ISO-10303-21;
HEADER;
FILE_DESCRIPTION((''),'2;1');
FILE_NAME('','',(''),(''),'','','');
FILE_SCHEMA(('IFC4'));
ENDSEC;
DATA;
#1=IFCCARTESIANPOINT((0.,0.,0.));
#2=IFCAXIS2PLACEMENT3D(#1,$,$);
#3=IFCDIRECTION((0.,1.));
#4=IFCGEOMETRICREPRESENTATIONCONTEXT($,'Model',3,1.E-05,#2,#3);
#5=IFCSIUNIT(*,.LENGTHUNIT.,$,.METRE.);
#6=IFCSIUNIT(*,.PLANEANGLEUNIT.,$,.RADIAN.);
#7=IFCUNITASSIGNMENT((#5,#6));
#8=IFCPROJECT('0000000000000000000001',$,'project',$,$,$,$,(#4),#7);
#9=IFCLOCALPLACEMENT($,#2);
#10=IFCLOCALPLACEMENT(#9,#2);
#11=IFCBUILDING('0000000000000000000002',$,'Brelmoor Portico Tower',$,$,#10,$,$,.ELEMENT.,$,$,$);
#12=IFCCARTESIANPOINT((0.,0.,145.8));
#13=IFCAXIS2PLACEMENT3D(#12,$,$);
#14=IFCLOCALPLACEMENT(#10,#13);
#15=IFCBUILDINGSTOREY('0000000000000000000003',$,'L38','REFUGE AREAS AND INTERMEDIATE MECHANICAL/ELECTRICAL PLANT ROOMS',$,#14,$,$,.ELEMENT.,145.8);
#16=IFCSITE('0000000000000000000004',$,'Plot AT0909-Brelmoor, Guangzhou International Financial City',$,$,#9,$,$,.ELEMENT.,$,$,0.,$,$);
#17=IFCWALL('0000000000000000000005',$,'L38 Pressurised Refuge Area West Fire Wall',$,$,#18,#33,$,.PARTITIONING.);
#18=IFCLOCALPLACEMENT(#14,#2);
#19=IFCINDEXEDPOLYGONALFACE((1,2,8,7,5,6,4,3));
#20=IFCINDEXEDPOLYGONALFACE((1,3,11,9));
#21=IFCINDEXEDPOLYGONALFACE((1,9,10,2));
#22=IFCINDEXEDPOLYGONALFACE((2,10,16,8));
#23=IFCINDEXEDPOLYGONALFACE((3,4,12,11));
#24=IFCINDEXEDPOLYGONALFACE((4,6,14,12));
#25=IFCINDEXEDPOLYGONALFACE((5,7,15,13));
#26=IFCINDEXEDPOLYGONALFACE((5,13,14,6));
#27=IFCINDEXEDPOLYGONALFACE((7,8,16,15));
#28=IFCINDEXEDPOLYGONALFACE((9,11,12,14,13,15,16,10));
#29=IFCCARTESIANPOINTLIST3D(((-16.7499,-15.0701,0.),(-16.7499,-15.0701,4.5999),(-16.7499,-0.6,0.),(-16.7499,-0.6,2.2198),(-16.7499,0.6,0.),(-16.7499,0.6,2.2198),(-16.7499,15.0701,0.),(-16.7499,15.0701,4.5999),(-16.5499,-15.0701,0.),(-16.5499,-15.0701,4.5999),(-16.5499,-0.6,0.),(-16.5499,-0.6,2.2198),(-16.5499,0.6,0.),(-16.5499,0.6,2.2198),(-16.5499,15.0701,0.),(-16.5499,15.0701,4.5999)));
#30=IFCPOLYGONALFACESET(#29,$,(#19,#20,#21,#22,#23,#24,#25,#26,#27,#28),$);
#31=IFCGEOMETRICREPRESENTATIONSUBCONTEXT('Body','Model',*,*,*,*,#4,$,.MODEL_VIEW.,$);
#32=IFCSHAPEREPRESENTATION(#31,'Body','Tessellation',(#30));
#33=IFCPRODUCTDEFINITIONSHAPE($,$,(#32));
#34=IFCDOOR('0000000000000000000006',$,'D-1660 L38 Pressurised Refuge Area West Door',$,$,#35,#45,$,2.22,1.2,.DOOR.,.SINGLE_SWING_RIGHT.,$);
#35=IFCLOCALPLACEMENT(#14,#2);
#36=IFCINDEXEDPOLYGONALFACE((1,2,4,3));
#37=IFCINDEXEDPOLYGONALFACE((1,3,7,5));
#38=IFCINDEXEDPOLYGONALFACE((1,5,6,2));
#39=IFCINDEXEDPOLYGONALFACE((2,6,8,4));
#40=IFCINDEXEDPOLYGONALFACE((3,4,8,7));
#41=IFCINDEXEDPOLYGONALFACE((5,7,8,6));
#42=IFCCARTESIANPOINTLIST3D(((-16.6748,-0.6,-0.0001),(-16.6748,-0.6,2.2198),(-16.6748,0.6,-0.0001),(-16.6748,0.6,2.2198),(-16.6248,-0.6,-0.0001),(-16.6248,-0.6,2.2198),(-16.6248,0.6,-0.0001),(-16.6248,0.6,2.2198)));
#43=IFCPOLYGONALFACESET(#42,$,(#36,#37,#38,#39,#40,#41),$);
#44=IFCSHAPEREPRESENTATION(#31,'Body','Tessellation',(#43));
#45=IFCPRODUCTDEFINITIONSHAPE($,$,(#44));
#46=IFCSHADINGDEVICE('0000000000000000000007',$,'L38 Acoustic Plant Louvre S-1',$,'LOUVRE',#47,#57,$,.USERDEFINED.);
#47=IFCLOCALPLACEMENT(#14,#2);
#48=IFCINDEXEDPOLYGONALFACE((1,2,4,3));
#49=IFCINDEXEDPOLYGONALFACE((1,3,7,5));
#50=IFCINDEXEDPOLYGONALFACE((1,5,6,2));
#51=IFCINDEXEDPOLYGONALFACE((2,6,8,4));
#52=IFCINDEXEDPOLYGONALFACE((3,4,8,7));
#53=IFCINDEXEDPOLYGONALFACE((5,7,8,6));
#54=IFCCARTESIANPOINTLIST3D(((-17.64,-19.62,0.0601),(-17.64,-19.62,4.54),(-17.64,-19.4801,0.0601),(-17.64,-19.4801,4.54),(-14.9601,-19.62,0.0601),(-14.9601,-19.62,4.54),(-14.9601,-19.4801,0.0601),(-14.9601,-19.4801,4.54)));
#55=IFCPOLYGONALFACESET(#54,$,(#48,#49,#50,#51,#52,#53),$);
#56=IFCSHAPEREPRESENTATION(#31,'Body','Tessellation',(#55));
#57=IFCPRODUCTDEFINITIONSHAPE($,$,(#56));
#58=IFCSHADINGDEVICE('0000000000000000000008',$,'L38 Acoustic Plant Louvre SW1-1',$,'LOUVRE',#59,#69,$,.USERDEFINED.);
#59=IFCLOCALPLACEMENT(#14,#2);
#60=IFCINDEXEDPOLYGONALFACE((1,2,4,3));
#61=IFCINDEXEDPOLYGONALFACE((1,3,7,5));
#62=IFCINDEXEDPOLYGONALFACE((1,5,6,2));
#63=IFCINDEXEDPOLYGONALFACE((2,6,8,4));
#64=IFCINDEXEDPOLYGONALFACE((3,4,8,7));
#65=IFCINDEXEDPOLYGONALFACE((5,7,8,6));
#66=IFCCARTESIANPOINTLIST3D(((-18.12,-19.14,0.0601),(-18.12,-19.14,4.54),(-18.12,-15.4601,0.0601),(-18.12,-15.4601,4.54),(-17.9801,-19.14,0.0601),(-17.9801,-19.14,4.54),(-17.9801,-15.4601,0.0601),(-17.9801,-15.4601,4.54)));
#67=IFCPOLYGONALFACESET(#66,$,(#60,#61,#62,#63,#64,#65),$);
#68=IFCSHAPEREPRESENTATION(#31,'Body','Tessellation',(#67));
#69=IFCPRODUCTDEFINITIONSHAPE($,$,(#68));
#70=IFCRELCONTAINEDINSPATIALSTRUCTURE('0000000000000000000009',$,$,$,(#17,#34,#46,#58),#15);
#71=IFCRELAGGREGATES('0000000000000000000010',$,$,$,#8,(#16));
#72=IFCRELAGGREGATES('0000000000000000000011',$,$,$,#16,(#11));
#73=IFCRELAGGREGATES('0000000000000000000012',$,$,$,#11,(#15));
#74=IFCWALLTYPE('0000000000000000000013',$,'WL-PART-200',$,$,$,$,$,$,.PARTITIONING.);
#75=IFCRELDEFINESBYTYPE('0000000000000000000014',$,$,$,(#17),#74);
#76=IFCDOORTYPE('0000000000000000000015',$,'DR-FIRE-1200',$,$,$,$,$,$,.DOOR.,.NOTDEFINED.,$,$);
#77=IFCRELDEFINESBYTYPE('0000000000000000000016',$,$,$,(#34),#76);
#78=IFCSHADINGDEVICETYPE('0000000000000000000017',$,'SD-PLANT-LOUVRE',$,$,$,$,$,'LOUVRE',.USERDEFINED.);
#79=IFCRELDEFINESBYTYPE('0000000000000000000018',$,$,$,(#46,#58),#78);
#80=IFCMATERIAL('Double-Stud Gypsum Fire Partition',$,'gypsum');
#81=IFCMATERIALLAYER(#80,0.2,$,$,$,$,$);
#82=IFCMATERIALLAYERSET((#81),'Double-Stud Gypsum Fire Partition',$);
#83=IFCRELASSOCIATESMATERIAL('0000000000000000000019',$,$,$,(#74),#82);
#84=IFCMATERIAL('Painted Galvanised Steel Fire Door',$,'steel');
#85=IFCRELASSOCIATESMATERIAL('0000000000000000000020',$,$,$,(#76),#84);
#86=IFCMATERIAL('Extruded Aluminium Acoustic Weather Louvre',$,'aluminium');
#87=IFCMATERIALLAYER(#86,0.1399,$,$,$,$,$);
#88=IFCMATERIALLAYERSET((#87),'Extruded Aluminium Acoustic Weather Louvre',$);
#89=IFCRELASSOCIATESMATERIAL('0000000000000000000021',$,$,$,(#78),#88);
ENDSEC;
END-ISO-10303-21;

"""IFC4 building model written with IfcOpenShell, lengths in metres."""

from ifc_helpers import new_model, si_unit, direction, frame, frame_2d, origin, origin_2d, place, context, subcontext, project, spatial, rectangle, extrude, material, layer, layer_set, type_object, element, fill, save


model = new_model("IFC4")

# Units and contexts
model_context = context("Model", 3, precision=1e-05, world=origin(), true_north=direction((0.0, 1.0)))
body_context = subcontext(model_context, "Body", "Model", "MODEL_VIEW")
ifc_project = project(units=[si_unit("LENGTHUNIT", "METRE"), si_unit("PLANEANGLEUNIT", "RADIAN")], contexts=[model_context])

# Site, building, storey
site_placement = place(None, origin())
site = spatial("IfcSite", under=ifc_project, at=site_placement, Name="Plot AT0909-Brelmoor, Guangzhou International Financial City", CompositionType="ELEMENT", RefElevation=0.0)
building_placement = place(site_placement, origin())
building = spatial("IfcBuilding", under=site, at=building_placement, Name="Brelmoor Portico Tower", CompositionType="ELEMENT")
storey_placement = place(building_placement, frame((0.0, 0.0, 145.8)))
storey = spatial("IfcBuildingStorey", under=building, at=storey_placement, Name="L38", Description="REFUGE AREAS AND INTERMEDIATE MECHANICAL/ELECTRICAL PLANT ROOMS", CompositionType="ELEMENT", Elevation=145.8)

# Wall, opening, door
ifc_material_1 = material(Name="Double-Stud Gypsum Fire Partition", Category="gypsum")
ifc_layer_1 = layer(ifc_material_1, 0.2)
ifc_layer_set_1 = layer_set([ifc_layer_1], Name="Double-Stud Gypsum Fire Partition")
wall_type_1 = type_object("IfcWallType", Name="WL-PART-200", PredefinedType="PARTITIONING", material=ifc_layer_set_1)
wall_1_placement = place(storey_placement, frame((-16.6499, -15.0701, 0.0), z_axis=(0.0, 0.0, 1.0), x_axis=(0.0, 1.0, 0.0)))
wall_1 = element("IfcWall", 1, at=wall_1_placement, inside=storey, type_object=wall_type_1, Name="L38 Pressurised Refuge Area West Fire Wall", PredefinedType="PARTITIONING", context=body_context, shape_type="SweptSolid", body=[
    extrude(rectangle(XDim=30.1401, YDim=0.2, at=frame_2d((15.0701, 0.0))), origin(), (0.0, 0.0, 1.0), 4.5999),
])
opening_placement = place(wall_1_placement, frame((14.47, 0.0, 0.0)))
opening = element("IfcOpeningElement", 2, at=opening_placement, cuts=wall_1, PredefinedType="OPENING", context=body_context, shape_type="SweptSolid", body=[
    extrude(rectangle(XDim=1.2, YDim=2.22, at=frame_2d((0.6001, 1.1099))), frame((0.0, 0.1099, 0.0), z_axis=(0.0, -1.0, 0.0), x_axis=(1.0, 0.0, 0.0)), (0.0, 0.0, 1.0), 0.22),
])
ifc_material_2 = material(Name="Painted Galvanised Steel Fire Door", Category="steel")
door_type = type_object("IfcDoorType", Name="DR-FIRE-1200", OperationType="NOTDEFINED", PredefinedType="DOOR", material=ifc_material_2)
door_placement = place(opening_placement, origin())
door = element("IfcDoor", 3, at=door_placement, inside=storey, type_object=door_type, Name="D-1660 L38 Pressurised Refuge Area West Door", OperationType="SINGLE_SWING_RIGHT", OverallHeight=2.22, OverallWidth=1.2, PredefinedType="DOOR", context=body_context, shape_type="SweptSolid", body=[
    extrude(rectangle(XDim=1.2, YDim=2.22, at=frame_2d((0.6001, 1.1099))), frame((0.0, 0.0249, 0.0), z_axis=(0.0, -1.0, 0.0), x_axis=(1.0, 0.0, 0.0)), (0.0, 0.0, 1.0), 0.05),
])
fill(opening, door)

# Shading devices
ifc_material_3 = material(Name="Extruded Aluminium Acoustic Weather Louvre", Category="aluminium")
ifc_layer_2 = layer(ifc_material_3, 0.1399)
ifc_layer_set_2 = layer_set([ifc_layer_2], Name="Extruded Aluminium Acoustic Weather Louvre")
shading_device_type = type_object("IfcShadingDeviceType", Name="SD-PLANT-LOUVRE", ElementType="LOUVRE", PredefinedType="USERDEFINED", material=ifc_layer_set_2)
shading_device_1_placement = place(storey_placement, frame((-16.3, -19.55, 0.0601), z_axis=(0.0, 0.0, 1.0), x_axis=(1.0, 0.0, 0.0)))
element("IfcShadingDevice", 4, at=shading_device_1_placement, inside=storey, type_object=shading_device_type, Name="L38 Acoustic Plant Louvre S-1", ObjectType="LOUVRE", PredefinedType="USERDEFINED", context=body_context, shape_type="SweptSolid", body=[
    extrude(rectangle(XDim=2.6799, YDim=0.1399, at=origin_2d()), origin(), (0.0, 0.0, 1.0), 4.48),
])
shading_device_2_placement = place(storey_placement, frame((-18.05, -17.3, 0.0601), z_axis=(0.0, 0.0, 1.0), x_axis=(0.0, 1.0, 0.0)))
element("IfcShadingDevice", 5, at=shading_device_2_placement, inside=storey, type_object=shading_device_type, Name="L38 Acoustic Plant Louvre SW1-1", ObjectType="LOUVRE", PredefinedType="USERDEFINED", context=body_context, shape_type="SweptSolid", body=[
    extrude(rectangle(XDim=3.6799, YDim=0.1399, at=origin_2d()), origin(), (0.0, 0.0, 1.0), 4.48),
])

save(model, "model.ifc")
